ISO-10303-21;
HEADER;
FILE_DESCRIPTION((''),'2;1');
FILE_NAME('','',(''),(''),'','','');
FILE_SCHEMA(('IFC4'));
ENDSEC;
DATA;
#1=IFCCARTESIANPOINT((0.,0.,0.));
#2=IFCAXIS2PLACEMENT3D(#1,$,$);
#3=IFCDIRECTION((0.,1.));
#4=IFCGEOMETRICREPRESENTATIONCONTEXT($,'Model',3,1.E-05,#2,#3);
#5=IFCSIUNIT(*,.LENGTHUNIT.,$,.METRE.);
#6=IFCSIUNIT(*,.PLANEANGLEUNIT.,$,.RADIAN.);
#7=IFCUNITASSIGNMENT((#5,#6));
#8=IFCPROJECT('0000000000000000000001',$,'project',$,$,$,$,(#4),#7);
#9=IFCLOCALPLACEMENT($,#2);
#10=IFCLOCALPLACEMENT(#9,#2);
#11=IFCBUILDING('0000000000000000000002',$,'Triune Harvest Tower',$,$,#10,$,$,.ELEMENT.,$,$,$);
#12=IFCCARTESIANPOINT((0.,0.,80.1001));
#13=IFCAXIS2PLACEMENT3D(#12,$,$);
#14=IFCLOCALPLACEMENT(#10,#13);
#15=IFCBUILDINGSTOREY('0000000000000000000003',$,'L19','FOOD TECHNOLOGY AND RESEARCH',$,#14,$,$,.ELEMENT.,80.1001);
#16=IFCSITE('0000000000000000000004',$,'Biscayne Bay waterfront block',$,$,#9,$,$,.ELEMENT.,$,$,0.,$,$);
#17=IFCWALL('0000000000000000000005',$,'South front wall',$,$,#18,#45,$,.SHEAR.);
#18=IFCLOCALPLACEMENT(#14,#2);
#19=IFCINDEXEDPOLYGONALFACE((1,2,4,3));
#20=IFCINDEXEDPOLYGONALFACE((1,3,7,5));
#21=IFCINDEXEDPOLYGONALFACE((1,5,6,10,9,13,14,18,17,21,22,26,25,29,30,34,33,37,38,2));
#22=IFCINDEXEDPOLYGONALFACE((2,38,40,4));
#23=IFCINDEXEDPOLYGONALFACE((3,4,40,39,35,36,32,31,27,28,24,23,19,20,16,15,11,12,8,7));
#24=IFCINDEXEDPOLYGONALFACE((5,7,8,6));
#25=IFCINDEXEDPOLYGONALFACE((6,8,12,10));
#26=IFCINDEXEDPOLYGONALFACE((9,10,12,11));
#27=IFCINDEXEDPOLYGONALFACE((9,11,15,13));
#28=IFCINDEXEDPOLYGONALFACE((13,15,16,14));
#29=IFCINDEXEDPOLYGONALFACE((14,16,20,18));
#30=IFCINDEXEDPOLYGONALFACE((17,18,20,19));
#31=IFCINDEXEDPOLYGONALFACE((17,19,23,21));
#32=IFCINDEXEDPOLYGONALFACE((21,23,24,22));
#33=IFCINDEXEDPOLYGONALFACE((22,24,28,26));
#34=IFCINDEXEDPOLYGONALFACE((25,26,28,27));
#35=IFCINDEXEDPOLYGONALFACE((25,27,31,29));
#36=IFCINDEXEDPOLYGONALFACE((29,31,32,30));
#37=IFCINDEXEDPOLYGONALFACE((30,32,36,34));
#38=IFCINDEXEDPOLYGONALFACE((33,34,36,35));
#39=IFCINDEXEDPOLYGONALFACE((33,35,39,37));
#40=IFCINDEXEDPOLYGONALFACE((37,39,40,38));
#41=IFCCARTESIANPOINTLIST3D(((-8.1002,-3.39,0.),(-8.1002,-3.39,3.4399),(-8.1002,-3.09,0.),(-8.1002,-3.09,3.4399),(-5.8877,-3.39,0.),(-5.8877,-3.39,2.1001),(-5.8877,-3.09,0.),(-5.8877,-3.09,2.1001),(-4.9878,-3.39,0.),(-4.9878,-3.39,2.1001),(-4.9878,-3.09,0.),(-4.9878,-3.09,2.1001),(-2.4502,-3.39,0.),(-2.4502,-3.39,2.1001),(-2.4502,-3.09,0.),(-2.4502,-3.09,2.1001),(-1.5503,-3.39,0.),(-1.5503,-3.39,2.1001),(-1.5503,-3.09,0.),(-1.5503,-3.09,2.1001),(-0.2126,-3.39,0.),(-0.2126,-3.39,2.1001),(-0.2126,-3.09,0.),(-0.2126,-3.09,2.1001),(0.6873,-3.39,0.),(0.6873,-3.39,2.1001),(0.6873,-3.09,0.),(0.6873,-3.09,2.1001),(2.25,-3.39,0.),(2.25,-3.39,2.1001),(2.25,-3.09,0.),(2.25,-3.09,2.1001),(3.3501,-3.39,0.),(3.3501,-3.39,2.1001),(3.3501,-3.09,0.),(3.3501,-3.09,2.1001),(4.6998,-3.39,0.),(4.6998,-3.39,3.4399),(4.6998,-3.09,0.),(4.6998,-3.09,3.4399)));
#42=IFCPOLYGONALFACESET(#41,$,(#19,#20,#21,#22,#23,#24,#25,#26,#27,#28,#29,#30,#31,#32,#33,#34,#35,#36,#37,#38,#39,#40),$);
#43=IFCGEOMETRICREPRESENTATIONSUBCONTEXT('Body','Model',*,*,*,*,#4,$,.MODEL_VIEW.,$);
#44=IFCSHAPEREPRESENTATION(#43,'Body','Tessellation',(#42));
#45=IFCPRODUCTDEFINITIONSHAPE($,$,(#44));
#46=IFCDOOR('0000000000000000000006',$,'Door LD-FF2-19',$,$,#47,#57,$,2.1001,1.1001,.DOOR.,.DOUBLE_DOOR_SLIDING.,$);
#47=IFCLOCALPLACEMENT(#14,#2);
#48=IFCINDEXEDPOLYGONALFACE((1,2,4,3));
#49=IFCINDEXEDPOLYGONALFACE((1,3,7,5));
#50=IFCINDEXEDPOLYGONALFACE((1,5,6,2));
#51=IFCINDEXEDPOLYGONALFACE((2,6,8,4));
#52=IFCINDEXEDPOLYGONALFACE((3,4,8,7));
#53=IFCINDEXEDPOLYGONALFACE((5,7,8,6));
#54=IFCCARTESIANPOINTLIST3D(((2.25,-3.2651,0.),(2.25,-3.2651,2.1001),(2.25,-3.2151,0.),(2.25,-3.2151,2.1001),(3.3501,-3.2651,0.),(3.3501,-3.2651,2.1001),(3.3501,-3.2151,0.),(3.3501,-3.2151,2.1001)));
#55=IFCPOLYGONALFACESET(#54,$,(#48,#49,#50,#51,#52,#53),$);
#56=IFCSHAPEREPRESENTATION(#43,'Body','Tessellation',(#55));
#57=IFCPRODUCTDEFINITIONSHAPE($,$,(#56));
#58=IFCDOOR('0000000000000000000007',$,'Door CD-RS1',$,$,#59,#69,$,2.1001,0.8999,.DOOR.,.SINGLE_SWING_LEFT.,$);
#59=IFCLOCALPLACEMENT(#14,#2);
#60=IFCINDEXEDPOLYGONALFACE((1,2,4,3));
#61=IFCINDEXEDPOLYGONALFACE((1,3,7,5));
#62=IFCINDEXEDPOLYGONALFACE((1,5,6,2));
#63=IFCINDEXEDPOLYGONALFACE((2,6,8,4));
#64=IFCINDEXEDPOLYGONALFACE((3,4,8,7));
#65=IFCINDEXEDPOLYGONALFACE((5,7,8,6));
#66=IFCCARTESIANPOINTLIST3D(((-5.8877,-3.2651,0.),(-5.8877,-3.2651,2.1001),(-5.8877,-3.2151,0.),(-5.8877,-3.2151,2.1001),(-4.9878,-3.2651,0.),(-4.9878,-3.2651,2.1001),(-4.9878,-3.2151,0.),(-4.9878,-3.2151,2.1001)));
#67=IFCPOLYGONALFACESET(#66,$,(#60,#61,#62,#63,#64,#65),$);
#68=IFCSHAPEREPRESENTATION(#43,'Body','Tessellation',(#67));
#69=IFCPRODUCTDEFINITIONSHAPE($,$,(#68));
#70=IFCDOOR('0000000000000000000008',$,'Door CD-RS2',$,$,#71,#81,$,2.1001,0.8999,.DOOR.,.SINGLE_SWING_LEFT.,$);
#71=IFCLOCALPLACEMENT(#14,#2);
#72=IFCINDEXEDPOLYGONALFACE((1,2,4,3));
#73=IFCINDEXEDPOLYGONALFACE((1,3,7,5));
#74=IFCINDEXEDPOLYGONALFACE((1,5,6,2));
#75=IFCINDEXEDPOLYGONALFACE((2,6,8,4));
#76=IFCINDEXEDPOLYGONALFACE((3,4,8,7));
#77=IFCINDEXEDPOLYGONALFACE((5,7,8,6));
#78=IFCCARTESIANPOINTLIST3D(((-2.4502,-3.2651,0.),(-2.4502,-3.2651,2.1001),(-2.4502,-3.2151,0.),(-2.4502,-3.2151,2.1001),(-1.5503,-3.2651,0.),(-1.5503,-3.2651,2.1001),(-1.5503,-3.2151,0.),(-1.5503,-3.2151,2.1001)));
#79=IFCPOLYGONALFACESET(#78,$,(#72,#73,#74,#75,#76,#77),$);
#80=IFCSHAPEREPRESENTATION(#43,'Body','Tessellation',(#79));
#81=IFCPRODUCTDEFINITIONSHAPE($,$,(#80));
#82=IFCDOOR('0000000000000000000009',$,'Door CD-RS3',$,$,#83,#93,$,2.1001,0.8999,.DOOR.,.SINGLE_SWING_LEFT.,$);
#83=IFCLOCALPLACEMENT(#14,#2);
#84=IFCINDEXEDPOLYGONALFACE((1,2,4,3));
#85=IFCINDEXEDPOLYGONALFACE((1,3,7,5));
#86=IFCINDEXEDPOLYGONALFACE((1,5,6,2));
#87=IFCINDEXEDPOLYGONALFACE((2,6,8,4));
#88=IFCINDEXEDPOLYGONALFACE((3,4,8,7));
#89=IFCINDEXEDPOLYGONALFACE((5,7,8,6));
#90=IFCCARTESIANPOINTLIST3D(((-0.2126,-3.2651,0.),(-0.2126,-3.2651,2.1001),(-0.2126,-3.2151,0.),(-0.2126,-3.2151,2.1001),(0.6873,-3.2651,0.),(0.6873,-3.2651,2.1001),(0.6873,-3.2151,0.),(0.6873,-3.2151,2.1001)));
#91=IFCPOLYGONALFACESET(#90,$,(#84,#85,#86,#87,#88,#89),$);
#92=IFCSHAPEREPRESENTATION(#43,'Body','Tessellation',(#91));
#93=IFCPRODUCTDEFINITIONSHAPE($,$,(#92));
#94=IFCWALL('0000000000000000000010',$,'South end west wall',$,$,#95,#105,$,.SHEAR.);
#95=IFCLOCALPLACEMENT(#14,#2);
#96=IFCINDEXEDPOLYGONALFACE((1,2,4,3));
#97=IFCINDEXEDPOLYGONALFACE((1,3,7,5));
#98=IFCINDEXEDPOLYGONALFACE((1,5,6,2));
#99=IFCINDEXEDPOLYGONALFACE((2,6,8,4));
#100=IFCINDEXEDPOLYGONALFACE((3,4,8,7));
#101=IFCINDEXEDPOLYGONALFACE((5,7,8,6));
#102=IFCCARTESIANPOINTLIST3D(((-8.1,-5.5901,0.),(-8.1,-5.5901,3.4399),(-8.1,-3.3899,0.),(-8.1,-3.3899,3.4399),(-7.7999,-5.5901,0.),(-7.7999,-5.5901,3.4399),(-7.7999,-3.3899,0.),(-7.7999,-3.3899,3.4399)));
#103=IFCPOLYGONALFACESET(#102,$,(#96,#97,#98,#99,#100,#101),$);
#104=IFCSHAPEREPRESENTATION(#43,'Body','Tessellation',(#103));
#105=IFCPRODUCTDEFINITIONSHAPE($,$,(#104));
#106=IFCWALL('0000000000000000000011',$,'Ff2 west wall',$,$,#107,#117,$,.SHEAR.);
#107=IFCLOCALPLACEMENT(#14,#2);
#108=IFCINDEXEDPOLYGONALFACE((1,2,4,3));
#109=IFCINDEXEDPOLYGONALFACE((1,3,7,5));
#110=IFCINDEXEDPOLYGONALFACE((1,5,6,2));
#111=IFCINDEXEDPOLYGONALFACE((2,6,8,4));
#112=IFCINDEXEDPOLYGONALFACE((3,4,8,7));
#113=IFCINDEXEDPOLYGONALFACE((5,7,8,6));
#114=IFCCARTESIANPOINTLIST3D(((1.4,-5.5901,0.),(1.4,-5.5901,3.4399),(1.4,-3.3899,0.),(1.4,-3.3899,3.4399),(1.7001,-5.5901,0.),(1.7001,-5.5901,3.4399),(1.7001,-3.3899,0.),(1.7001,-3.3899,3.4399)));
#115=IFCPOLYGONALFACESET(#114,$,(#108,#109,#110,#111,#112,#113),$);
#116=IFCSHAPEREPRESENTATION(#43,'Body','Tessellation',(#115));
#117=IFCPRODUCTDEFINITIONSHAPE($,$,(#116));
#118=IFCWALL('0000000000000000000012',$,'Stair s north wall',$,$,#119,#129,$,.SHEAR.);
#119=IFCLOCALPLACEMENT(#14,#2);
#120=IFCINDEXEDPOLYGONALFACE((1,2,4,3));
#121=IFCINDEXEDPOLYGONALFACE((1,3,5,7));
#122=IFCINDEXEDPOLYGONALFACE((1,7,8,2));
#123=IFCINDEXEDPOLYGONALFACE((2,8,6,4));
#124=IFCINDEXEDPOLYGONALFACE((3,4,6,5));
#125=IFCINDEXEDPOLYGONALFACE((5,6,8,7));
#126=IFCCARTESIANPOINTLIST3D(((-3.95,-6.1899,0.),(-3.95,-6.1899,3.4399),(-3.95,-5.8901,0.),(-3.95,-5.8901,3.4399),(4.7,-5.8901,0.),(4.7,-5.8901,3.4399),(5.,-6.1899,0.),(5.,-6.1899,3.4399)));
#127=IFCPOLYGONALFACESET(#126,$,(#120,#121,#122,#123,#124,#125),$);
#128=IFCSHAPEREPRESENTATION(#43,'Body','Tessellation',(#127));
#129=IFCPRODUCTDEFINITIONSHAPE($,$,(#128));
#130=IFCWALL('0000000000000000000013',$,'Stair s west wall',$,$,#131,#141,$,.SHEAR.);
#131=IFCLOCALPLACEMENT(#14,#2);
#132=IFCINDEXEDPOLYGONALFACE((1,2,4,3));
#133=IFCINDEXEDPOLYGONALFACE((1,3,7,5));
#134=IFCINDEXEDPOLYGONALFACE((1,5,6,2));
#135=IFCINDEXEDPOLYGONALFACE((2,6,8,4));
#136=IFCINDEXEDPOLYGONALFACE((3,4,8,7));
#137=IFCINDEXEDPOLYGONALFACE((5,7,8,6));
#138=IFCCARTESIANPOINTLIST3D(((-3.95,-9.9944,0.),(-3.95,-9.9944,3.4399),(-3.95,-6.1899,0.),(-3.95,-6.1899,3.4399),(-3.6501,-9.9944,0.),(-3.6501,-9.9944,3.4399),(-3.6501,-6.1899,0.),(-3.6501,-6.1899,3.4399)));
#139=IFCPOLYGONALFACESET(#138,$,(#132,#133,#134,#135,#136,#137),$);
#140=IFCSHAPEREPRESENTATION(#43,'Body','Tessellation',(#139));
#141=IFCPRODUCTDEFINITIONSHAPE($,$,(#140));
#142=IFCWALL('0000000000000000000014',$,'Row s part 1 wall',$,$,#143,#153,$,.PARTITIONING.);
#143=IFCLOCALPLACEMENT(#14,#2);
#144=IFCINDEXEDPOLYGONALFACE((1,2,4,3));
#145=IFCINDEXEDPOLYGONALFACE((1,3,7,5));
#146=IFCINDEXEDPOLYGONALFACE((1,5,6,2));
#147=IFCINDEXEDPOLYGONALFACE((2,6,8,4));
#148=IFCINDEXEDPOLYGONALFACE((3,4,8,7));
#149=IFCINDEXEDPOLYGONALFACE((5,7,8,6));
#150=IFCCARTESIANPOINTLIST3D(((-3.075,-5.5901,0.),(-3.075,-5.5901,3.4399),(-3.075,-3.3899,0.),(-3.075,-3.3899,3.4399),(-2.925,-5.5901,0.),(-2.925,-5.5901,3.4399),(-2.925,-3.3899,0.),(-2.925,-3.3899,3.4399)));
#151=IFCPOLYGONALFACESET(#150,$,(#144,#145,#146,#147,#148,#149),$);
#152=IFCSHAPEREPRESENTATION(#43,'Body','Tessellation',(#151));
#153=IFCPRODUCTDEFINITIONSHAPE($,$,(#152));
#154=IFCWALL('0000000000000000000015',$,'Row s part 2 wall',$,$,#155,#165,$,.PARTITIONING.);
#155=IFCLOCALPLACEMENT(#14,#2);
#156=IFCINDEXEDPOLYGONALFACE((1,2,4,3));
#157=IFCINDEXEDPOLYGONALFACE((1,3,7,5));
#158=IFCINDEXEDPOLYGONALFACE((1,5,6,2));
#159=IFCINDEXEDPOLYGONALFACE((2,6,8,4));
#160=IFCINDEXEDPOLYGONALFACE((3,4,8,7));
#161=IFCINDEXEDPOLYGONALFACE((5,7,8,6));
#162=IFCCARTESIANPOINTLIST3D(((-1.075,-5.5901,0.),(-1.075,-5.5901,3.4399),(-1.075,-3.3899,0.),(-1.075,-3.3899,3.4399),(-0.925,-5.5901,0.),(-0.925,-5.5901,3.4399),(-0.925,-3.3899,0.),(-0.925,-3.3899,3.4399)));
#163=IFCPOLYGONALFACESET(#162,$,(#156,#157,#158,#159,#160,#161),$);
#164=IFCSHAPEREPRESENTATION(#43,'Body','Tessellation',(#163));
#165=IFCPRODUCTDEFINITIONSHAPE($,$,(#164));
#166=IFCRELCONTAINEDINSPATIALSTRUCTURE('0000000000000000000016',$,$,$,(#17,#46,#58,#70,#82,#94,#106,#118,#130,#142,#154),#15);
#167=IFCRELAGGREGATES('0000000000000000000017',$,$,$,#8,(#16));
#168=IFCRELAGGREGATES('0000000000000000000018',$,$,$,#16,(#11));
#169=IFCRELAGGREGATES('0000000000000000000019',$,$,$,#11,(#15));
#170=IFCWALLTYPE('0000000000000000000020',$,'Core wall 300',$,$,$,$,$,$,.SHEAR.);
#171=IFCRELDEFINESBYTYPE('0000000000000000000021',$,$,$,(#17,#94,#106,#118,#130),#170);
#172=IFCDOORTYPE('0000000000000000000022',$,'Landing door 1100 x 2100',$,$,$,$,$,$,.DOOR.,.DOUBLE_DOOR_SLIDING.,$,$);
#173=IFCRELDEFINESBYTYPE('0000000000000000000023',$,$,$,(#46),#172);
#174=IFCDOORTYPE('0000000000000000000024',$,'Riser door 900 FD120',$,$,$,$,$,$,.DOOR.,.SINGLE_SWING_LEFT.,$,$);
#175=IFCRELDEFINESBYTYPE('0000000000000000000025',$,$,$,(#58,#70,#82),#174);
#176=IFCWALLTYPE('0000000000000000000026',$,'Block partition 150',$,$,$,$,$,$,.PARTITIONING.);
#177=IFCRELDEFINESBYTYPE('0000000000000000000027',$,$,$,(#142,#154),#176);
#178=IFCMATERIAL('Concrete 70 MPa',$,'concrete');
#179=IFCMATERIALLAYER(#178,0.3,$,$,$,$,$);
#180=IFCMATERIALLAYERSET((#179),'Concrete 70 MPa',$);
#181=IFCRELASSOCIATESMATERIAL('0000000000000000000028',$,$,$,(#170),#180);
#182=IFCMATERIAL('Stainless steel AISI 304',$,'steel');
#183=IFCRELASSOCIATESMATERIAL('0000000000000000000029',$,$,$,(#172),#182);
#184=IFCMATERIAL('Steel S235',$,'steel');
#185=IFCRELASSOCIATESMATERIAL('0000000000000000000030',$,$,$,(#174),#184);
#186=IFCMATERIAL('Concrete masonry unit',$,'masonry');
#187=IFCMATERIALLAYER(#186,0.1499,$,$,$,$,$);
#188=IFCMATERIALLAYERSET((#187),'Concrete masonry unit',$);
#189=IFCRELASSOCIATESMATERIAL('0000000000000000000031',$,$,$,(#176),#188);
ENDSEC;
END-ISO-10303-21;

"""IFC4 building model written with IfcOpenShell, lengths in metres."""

from ifc_helpers import new_model, si_unit, direction, frame, frame_2d, origin, place, context, subcontext, project, spatial, polyline, rectangle, outline, extrude, source, transform, mapped, material, layer, layer_set, type_object, element, fill, save


model = new_model("IFC4")

# Units and contexts
model_context = context("Model", 3, precision=1e-05, world=origin(), true_north=direction((0.0, 1.0)))
body_context = subcontext(model_context, "Body", "Model", "MODEL_VIEW")
ifc_project = project(units=[si_unit("LENGTHUNIT", "METRE"), si_unit("PLANEANGLEUNIT", "RADIAN")], contexts=[model_context])

# Site, building, storey
site_placement = place(None, origin())
site = spatial("IfcSite", under=ifc_project, at=site_placement, Name="Biscayne Bay waterfront block", CompositionType="ELEMENT", RefElevation=0.0)
building_placement = place(site_placement, origin())
building = spatial("IfcBuilding", under=site, at=building_placement, Name="Triune Harvest Tower", CompositionType="ELEMENT")
storey_placement = place(building_placement, frame((0.0, 0.0, 80.1001)))
storey = spatial("IfcBuildingStorey", under=building, at=storey_placement, Name="L19", Description="FOOD TECHNOLOGY AND RESEARCH", CompositionType="ELEMENT", Elevation=80.1001)

# Shared definitions
ifc_material_1 = material(Name="Concrete 70 MPa", Category="concrete")
ifc_layer_1 = layer(ifc_material_1, 0.3)
ifc_layer_set_1 = layer_set([ifc_layer_1], Name="Concrete 70 MPa")
wall_type_1 = type_object("IfcWallType", Name="Core wall 300", PredefinedType="SHEAR", material=ifc_layer_set_1)

# Wall, openings, doors
shared_shape_1 = source(origin(), body_context, "Body", "SweptSolid", [
    extrude(rectangle(XDim=12.8, YDim=0.3, at=frame_2d((6.3999, 0.0))), origin(), (0.0, 0.0, 1.0), 3.4399),
])
wall_1_placement = place(storey_placement, frame((-8.1001, -3.24, 0.0), z_axis=(0.0, 0.0, 1.0), x_axis=(1.0, 0.0, 0.0)))
wall_1 = element("IfcWall", 1, at=wall_1_placement, inside=storey, type_object=wall_type_1, Name="South front wall", PredefinedType="SHEAR", context=body_context, shape_type="MappedRepresentation", body=[
    mapped(shared_shape_1, transform((0.0, 0.0, 0.0), scale=1.0)),
])
opening_1_placement = place(wall_1_placement, frame((2.2124, 0.0, 0.0)))
opening_1 = element("IfcOpeningElement", 2, at=opening_1_placement, cuts=wall_1, PredefinedType="OPENING", context=body_context, shape_type="SweptSolid", body=[
    extrude(rectangle(XDim=0.8999, YDim=2.1001, at=frame_2d((0.45, 1.05))), frame((0.0, 0.1602, 0.0), z_axis=(0.0, -1.0, 0.0), x_axis=(1.0, 0.0, 0.0)), (0.0, 0.0, 1.0), 0.3201),
])
opening_2_placement = place(wall_1_placement, frame((5.6499, 0.0, 0.0)))
opening_2 = element("IfcOpeningElement", 3, at=opening_2_placement, cuts=wall_1, PredefinedType="OPENING", context=body_context, shape_type="SweptSolid", body=[
    extrude(rectangle(XDim=0.8999, YDim=2.1001, at=frame_2d((0.45, 1.05))), frame((0.0, 0.1602, 0.0), z_axis=(0.0, -1.0, 0.0), x_axis=(1.0, 0.0, 0.0)), (0.0, 0.0, 1.0), 0.3201),
])
opening_3_placement = place(wall_1_placement, frame((7.8875, 0.0, 0.0)))
opening_3 = element("IfcOpeningElement", 4, at=opening_3_placement, cuts=wall_1, PredefinedType="OPENING", context=body_context, shape_type="SweptSolid", body=[
    extrude(rectangle(XDim=0.8999, YDim=2.1001, at=frame_2d((0.45, 1.05))), frame((0.0, 0.1602, 0.0), z_axis=(0.0, -1.0, 0.0), x_axis=(1.0, 0.0, 0.0)), (0.0, 0.0, 1.0), 0.3201),
])
opening_4_placement = place(wall_1_placement, frame((10.3501, 0.0, 0.0)))
opening_4 = element("IfcOpeningElement", 5, at=opening_4_placement, cuts=wall_1, PredefinedType="OPENING", context=body_context, shape_type="SweptSolid", body=[
    extrude(rectangle(XDim=1.1001, YDim=2.1001, at=frame_2d((0.55, 1.05))), frame((0.0, 0.1602, 0.0), z_axis=(0.0, -1.0, 0.0), x_axis=(1.0, 0.0, 0.0)), (0.0, 0.0, 1.0), 0.3201),
])
ifc_material_2 = material(Name="Stainless steel AISI 304", Category="steel")
door_type_1 = type_object("IfcDoorType", Name="Landing door 1100 x 2100", OperationType="DOUBLE_DOOR_SLIDING", PredefinedType="DOOR", material=ifc_material_2)
door_1_placement = place(opening_4_placement, origin())
door_1 = element("IfcDoor", 6, at=door_1_placement, inside=storey, type_object=door_type_1, Name="Door LD-FF2-19", OperationType="DOUBLE_DOOR_SLIDING", OverallHeight=2.1001, OverallWidth=1.1001, PredefinedType="DOOR", context=body_context, shape_type="SweptSolid", body=[
    extrude(rectangle(XDim=1.1001, YDim=2.1001, at=frame_2d((0.55, 1.05))), frame((0.0, 0.0249, 0.0), z_axis=(0.0, -1.0, 0.0), x_axis=(1.0, 0.0, 0.0)), (0.0, 0.0, 1.0), 0.05),
])
fill(opening_4, door_1)
ifc_material_3 = material(Name="Steel S235", Category="steel")
door_type_2 = type_object("IfcDoorType", Name="Riser door 900 FD120", OperationType="SINGLE_SWING_LEFT", PredefinedType="DOOR", material=ifc_material_3)
door_2_placement = place(opening_1_placement, origin())
door_2 = element("IfcDoor", 7, at=door_2_placement, inside=storey, type_object=door_type_2, Name="Door CD-RS1", OperationType="SINGLE_SWING_LEFT", OverallHeight=2.1001, OverallWidth=0.8999, PredefinedType="DOOR", context=body_context, shape_type="SweptSolid", body=[
    extrude(rectangle(XDim=0.8999, YDim=2.1001, at=frame_2d((0.45, 1.05))), frame((0.0, 0.0249, 0.0), z_axis=(0.0, -1.0, 0.0), x_axis=(1.0, 0.0, 0.0)), (0.0, 0.0, 1.0), 0.05),
])
fill(opening_1, door_2)
door_3_placement = place(opening_2_placement, origin())
door_3 = element("IfcDoor", 8, at=door_3_placement, inside=storey, type_object=door_type_2, Name="Door CD-RS2", OperationType="SINGLE_SWING_LEFT", OverallHeight=2.1001, OverallWidth=0.8999, PredefinedType="DOOR", context=body_context, shape_type="SweptSolid", body=[
    extrude(rectangle(XDim=0.8999, YDim=2.1001, at=frame_2d((0.45, 1.05))), frame((0.0, 0.0249, 0.0), z_axis=(0.0, -1.0, 0.0), x_axis=(1.0, 0.0, 0.0)), (0.0, 0.0, 1.0), 0.05),
])
fill(opening_2, door_3)
door_4_placement = place(opening_3_placement, origin())
door_4 = element("IfcDoor", 9, at=door_4_placement, inside=storey, type_object=door_type_2, Name="Door CD-RS3", OperationType="SINGLE_SWING_LEFT", OverallHeight=2.1001, OverallWidth=0.8999, PredefinedType="DOOR", context=body_context, shape_type="SweptSolid", body=[
    extrude(rectangle(XDim=0.8999, YDim=2.1001, at=frame_2d((0.45, 1.05))), frame((0.0, 0.0249, 0.0), z_axis=(0.0, -1.0, 0.0), x_axis=(1.0, 0.0, 0.0)), (0.0, 0.0, 1.0), 0.05),
])
fill(opening_3, door_4)

# Walls
shared_shape_2 = source(origin(), body_context, "Body", "SweptSolid", [
    extrude(rectangle(XDim=2.2002, YDim=0.3, at=frame_2d((1.1001, 0.0))), origin(), (0.0, 0.0, 1.0), 3.4399),
])
for number, where, z_axis, x_axis, name in (
    (10, (-7.95, -5.5901, 0.0), (0.0, 0.0, 1.0), (0.0, 1.0, 0.0), "South end west wall"),
    (11, (1.55, -5.5901, 0.0), (0.0, 0.0, 1.0), (0.0, 1.0, 0.0), "Ff2 west wall"),
):
    element("IfcWall", number, at=place(storey_placement, frame(where, z_axis=z_axis, x_axis=x_axis)), inside=storey, type_object=wall_type_1, Name=name, PredefinedType="SHEAR", context=body_context, shape_type="MappedRepresentation", body=[
        mapped(shared_shape_2, transform((0.0, 0.0, 0.0), scale=1.0)),
    ])
shared_shape_3 = source(origin(), body_context, "Body", "SweptSolid", [
    extrude(outline(polyline([(0.0, -0.1499), (8.95, -0.1499), (8.6499, 0.1499), (0.0, 0.1499), (0.0, -0.1499)])), origin(), (0.0, 0.0, 1.0), 3.4399),
])
wall_2_placement = place(storey_placement, frame((-3.95, -6.04, 0.0), z_axis=(0.0, 0.0, 1.0), x_axis=(1.0, 0.0, 0.0)))
element("IfcWall", 12, at=wall_2_placement, inside=storey, type_object=wall_type_1, Name="Stair s north wall", PredefinedType="SHEAR", context=body_context, shape_type="MappedRepresentation", body=[
    mapped(shared_shape_3, transform((0.0, 0.0, 0.0), scale=1.0)),
])
shared_shape_4 = source(origin(), body_context, "Body", "SweptSolid", [
    extrude(outline(polyline([(3.8, -0.1499), (-0.0044, -0.1499), (-0.0044, 0.1499), (3.8, 0.1499), (3.8, -0.1499)])), origin(), (0.0, 0.0, 1.0), 3.4399),
])
wall_3_placement = place(storey_placement, frame((-3.8, -9.99, 0.0), z_axis=(0.0, 0.0, 1.0), x_axis=(0.0, 1.0, 0.0)))
element("IfcWall", 13, at=wall_3_placement, inside=storey, type_object=wall_type_1, Name="Stair s west wall", PredefinedType="SHEAR", context=body_context, shape_type="MappedRepresentation", body=[
    mapped(shared_shape_4, transform((0.0, 0.0, 0.0), scale=1.0)),
])
ifc_material_4 = material(Name="Concrete masonry unit", Category="masonry")
ifc_layer_2 = layer(ifc_material_4, 0.1499)
ifc_layer_set_2 = layer_set([ifc_layer_2], Name="Concrete masonry unit")
wall_type_2 = type_object("IfcWallType", Name="Block partition 150", PredefinedType="PARTITIONING", material=ifc_layer_set_2)
shared_shape_5 = source(origin(), body_context, "Body", "SweptSolid", [
    extrude(rectangle(XDim=2.2002, YDim=0.1499, at=frame_2d((1.1001, 0.0))), origin(), (0.0, 0.0, 1.0), 3.4399),
])
for number, where, z_axis, x_axis, name in (
    (14, (-3.0, -5.5901, 0.0), (0.0, 0.0, 1.0), (0.0, 1.0, 0.0), "Row s part 1 wall"),
    (15, (-1.0, -5.5901, 0.0), (0.0, 0.0, 1.0), (0.0, 1.0, 0.0), "Row s part 2 wall"),
):
    element("IfcWall", number, at=place(storey_placement, frame(where, z_axis=z_axis, x_axis=x_axis)), inside=storey, type_object=wall_type_2, Name=name, PredefinedType="PARTITIONING", context=body_context, shape_type="MappedRepresentation", body=[
        mapped(shared_shape_5, transform((0.0, 0.0, 0.0), scale=1.0)),
    ])

save(model, "model.ifc")
